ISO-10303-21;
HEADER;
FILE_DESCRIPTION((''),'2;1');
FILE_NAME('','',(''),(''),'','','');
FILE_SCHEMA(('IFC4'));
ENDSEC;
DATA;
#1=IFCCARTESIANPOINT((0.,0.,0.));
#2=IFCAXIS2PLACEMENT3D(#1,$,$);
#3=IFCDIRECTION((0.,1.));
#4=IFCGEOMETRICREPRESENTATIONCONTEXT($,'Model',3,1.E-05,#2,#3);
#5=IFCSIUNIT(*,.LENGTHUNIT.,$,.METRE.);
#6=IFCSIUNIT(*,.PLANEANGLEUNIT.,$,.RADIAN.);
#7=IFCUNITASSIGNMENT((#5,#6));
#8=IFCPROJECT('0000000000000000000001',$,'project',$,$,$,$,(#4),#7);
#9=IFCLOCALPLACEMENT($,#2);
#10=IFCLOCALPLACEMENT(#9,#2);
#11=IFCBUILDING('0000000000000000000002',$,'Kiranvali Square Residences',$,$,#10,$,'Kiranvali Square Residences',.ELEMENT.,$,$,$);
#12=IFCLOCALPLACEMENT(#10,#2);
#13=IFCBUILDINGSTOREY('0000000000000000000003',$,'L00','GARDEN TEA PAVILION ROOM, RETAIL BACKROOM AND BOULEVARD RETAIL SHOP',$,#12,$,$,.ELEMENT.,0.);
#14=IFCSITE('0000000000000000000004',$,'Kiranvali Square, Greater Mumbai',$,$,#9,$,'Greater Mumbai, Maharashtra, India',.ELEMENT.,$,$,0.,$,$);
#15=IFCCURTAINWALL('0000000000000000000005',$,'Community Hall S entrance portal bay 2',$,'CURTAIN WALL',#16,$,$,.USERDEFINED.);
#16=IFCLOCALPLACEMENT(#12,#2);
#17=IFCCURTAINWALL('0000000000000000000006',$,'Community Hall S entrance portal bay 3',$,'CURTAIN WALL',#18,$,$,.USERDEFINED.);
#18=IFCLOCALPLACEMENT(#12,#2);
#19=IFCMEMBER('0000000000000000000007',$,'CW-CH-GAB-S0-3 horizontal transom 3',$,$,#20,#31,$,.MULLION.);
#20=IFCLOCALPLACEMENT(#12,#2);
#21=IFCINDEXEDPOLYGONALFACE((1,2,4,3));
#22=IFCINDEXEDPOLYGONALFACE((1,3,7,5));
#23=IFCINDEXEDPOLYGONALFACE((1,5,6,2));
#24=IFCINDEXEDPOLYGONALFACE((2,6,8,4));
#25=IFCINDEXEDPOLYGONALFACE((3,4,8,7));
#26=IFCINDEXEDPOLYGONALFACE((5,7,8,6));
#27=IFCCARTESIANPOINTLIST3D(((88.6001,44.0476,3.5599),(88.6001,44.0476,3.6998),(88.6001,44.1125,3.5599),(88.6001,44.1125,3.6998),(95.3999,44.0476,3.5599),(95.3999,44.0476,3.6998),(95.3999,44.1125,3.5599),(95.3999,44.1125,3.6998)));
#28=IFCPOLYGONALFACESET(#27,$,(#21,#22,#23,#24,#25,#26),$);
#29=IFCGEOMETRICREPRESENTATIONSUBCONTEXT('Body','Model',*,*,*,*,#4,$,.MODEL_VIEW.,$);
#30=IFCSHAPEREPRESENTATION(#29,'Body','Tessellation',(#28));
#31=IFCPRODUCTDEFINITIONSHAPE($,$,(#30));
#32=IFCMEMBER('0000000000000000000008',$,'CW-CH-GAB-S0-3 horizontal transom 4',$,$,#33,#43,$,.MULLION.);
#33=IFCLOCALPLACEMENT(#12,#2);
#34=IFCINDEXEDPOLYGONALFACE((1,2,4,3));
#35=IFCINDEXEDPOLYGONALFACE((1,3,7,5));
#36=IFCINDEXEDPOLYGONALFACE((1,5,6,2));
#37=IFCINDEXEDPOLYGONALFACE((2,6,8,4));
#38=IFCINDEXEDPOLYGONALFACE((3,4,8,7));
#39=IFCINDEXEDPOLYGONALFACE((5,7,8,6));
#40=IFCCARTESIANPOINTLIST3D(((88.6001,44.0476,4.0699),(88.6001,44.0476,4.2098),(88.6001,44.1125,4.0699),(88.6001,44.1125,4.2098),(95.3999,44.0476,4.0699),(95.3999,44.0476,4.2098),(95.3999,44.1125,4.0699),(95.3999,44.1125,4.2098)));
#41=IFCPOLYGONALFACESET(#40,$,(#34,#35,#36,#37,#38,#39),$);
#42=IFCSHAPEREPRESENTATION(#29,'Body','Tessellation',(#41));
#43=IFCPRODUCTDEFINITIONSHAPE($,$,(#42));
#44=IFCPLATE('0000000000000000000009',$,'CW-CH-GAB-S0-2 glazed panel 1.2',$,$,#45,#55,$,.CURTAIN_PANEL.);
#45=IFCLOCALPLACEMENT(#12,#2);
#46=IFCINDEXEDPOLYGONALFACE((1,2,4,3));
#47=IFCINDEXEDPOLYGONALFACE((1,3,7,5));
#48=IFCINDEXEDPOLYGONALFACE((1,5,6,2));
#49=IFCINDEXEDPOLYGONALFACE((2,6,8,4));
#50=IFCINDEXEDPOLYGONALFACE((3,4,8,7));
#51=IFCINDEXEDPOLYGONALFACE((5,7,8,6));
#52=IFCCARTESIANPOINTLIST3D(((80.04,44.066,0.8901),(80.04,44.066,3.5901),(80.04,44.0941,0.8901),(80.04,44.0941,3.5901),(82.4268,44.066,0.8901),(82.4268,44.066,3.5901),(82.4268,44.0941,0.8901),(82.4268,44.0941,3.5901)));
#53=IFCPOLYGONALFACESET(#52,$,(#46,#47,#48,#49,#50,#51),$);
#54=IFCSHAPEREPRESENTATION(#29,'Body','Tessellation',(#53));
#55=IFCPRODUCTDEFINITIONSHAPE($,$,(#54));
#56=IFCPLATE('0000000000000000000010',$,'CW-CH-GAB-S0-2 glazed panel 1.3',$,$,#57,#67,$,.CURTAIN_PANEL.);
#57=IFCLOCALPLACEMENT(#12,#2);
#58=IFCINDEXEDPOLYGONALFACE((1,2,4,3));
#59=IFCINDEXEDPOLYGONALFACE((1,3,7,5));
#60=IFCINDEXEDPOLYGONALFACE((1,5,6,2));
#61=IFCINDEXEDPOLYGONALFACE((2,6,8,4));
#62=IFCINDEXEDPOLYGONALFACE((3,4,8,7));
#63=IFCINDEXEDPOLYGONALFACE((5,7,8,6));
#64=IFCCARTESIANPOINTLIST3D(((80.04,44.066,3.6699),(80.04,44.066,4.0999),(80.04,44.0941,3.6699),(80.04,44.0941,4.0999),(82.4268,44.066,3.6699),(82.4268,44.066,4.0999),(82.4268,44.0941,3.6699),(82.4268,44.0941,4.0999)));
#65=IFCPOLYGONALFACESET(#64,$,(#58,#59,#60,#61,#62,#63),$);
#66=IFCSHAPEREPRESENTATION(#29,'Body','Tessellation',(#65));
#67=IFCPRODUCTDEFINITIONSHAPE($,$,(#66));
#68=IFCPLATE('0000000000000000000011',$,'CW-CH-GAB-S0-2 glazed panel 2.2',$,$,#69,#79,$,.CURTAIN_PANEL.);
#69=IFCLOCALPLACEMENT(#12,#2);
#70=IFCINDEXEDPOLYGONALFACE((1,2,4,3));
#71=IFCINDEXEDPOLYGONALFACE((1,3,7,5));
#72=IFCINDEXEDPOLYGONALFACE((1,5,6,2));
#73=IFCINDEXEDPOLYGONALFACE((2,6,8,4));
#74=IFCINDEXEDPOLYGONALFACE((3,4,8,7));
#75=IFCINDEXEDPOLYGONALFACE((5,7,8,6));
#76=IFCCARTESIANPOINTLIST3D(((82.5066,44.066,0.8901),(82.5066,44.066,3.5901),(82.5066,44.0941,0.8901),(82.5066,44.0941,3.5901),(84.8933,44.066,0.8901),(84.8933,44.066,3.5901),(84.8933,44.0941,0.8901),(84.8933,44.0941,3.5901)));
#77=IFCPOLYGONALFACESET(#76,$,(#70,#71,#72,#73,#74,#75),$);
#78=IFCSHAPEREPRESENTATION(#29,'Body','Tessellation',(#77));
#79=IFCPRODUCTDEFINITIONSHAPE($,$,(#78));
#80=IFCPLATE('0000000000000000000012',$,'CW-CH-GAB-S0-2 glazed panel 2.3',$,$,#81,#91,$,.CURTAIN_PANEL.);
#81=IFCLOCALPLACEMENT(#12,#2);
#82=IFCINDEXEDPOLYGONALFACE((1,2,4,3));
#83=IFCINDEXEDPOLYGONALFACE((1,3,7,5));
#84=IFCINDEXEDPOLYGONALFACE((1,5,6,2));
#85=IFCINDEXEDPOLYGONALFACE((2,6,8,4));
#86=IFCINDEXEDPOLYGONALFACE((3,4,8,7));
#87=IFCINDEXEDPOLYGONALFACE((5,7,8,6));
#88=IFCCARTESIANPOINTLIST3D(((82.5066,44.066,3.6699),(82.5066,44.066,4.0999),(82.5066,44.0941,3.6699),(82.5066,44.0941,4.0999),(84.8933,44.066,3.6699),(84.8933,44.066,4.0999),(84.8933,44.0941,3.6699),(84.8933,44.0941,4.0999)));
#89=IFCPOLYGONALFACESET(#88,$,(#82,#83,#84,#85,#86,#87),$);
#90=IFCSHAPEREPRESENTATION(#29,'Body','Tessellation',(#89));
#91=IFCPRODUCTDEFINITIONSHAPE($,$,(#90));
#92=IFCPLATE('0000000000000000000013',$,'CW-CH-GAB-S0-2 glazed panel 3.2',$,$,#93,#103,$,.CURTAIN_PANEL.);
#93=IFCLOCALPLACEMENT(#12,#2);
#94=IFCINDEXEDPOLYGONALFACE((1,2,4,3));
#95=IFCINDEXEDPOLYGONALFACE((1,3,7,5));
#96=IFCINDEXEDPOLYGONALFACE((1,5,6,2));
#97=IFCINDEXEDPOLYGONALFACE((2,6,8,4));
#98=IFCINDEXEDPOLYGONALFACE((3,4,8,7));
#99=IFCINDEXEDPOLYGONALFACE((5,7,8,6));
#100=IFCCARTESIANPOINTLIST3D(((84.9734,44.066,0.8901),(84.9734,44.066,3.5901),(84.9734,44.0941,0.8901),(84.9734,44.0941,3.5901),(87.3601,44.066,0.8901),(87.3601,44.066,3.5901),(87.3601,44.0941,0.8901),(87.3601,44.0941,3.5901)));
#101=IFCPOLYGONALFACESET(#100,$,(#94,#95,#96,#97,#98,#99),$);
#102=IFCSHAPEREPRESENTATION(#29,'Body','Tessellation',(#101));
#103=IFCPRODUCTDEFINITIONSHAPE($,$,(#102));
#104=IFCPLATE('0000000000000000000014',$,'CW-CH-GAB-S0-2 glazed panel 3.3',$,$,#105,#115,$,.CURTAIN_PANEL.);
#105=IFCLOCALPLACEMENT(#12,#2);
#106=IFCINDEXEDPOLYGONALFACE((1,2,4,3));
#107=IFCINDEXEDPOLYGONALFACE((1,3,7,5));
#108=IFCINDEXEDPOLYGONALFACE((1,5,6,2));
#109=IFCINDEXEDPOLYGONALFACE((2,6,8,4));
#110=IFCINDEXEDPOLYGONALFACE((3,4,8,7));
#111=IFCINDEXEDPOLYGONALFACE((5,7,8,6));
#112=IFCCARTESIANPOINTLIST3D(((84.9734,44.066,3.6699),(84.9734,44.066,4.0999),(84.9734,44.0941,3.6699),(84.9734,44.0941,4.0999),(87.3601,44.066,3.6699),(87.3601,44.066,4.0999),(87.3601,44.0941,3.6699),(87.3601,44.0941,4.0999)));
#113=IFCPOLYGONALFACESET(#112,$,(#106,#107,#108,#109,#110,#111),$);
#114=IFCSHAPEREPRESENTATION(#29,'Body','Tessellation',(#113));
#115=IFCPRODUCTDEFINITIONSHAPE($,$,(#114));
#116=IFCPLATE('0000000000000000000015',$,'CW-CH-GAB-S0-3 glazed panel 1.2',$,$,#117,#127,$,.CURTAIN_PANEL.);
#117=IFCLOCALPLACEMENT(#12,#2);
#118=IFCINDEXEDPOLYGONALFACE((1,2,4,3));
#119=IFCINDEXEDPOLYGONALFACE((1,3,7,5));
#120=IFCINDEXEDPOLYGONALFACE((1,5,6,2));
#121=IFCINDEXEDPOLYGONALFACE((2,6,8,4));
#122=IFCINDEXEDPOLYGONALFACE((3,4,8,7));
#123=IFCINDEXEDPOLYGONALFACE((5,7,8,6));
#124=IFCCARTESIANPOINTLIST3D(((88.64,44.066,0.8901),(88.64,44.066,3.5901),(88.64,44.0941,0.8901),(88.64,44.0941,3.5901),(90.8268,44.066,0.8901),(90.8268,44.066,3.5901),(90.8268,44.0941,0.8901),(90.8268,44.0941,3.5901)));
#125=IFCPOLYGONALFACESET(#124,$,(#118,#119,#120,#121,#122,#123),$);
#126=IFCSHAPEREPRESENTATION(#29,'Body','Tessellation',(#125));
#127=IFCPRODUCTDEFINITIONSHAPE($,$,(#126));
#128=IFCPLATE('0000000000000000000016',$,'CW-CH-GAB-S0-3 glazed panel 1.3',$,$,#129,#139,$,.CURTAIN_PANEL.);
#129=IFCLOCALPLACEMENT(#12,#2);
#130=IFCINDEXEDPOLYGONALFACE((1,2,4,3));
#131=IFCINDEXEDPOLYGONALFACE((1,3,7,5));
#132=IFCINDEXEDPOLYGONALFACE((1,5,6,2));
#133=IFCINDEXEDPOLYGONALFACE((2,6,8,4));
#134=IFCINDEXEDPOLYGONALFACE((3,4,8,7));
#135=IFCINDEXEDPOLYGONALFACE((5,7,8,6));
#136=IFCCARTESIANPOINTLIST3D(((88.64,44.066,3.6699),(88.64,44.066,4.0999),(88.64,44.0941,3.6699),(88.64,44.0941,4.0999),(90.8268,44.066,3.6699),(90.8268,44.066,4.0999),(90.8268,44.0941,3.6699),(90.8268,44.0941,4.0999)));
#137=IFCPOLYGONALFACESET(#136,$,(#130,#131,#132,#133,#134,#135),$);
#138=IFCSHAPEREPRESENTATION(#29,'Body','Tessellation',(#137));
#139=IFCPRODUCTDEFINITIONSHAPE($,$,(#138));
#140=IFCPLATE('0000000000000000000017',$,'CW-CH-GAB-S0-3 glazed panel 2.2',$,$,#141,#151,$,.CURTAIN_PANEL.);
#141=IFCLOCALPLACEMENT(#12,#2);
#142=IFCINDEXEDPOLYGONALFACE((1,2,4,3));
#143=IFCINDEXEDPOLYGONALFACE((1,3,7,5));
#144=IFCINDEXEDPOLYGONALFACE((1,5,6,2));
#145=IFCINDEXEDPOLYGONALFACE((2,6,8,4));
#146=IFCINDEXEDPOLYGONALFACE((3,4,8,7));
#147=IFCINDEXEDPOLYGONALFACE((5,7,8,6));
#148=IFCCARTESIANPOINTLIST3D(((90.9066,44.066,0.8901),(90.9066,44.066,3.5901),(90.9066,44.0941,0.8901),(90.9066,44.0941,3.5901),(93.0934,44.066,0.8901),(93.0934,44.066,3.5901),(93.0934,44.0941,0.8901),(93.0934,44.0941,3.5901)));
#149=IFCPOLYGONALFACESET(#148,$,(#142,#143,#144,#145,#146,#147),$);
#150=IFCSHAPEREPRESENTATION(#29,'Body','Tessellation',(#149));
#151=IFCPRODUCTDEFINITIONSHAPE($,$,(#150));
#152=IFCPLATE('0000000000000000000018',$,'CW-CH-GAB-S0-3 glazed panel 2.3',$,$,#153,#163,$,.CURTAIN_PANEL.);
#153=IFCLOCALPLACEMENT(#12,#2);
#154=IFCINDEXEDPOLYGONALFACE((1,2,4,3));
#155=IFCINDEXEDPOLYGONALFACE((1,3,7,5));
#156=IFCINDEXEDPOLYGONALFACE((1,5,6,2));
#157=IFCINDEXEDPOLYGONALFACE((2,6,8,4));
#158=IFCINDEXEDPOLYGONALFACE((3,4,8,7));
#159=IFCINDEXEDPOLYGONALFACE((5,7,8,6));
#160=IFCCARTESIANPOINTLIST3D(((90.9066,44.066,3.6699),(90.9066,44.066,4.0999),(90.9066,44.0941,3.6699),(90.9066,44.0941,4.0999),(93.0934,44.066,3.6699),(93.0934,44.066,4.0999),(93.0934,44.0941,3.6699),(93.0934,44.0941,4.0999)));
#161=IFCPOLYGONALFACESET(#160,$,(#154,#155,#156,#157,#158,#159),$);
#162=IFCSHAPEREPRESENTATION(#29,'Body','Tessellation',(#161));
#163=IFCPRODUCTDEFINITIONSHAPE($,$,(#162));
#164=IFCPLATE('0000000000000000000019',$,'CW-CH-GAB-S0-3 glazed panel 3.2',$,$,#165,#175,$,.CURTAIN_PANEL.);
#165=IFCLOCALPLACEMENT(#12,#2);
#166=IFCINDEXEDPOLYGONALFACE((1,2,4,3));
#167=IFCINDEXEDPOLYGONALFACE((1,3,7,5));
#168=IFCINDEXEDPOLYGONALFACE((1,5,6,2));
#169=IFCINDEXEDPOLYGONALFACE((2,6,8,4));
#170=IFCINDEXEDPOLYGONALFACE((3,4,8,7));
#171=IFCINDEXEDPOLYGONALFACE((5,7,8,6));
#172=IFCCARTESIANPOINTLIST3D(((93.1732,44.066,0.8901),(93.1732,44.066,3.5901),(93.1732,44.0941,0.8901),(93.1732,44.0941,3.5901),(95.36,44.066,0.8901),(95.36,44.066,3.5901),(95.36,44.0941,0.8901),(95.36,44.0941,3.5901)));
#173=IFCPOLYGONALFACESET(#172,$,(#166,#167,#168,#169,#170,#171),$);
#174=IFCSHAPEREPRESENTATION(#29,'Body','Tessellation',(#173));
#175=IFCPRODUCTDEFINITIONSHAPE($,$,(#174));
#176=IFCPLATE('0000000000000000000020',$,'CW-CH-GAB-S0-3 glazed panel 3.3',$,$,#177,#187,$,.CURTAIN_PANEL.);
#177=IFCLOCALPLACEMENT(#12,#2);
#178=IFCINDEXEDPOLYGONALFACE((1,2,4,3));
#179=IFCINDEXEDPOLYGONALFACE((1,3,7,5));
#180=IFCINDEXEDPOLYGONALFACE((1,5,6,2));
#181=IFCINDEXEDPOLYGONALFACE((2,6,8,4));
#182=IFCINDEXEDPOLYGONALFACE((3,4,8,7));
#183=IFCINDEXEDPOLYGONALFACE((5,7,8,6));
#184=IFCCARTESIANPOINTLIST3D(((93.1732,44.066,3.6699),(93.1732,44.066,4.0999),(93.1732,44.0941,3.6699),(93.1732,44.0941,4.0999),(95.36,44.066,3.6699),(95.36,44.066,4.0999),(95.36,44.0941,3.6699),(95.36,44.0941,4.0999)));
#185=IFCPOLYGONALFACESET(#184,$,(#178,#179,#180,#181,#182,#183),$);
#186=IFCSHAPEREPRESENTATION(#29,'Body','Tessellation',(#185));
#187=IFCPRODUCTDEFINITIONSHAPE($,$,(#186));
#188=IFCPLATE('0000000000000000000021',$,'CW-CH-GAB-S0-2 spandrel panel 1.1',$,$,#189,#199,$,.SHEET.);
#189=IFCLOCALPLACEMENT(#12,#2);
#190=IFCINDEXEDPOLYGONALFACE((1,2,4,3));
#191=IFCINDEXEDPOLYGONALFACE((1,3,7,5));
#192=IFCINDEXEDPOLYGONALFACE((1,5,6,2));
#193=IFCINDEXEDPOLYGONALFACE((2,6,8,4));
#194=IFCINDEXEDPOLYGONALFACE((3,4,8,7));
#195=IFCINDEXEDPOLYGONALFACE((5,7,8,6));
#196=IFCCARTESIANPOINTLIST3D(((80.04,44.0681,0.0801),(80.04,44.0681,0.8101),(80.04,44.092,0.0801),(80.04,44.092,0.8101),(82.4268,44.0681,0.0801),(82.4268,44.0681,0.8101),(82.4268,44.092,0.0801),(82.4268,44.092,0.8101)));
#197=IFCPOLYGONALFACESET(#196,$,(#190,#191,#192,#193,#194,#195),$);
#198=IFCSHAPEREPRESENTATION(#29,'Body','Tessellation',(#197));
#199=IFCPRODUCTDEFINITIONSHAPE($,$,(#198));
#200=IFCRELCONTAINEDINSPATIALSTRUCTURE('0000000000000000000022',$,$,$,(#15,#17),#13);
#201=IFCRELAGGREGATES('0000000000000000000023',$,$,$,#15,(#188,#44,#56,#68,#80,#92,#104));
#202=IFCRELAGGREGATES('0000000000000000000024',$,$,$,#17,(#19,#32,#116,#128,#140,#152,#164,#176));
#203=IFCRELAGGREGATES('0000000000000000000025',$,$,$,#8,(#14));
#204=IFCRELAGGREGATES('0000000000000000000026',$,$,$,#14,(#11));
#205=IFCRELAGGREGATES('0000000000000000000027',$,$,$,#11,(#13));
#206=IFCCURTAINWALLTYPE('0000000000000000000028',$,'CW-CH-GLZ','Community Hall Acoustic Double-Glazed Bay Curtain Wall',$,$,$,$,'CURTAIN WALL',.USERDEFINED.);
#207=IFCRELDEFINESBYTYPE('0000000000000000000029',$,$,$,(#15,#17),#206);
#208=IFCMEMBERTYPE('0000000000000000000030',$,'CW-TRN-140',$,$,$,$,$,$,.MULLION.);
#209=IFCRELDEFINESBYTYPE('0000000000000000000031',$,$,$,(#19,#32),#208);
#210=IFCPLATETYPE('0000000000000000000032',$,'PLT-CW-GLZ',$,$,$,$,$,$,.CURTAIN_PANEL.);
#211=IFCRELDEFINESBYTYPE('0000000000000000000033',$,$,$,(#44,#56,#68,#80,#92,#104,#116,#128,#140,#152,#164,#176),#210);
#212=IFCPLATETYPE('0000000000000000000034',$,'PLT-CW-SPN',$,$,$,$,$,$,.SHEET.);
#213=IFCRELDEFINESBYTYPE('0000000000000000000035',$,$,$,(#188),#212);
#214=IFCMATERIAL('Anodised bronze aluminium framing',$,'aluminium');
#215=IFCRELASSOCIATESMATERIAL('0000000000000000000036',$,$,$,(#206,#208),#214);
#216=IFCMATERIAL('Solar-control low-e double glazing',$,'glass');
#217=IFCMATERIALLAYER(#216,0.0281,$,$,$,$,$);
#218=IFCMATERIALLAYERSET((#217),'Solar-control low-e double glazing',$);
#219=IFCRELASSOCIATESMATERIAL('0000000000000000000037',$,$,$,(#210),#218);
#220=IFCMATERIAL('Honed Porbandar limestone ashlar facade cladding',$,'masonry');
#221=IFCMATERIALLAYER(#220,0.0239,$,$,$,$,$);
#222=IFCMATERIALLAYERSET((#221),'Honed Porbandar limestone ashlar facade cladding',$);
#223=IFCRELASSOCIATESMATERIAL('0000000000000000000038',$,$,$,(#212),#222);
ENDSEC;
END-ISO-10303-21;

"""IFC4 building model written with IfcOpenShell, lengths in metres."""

from ifc_helpers import new_model, si_unit, direction, frame, origin, origin_2d, place, context, subcontext, project, spatial, rectangle, extrude, material, layer, layer_set, material_profile, profile_set, type_object, element, aggregate, save


model = new_model("IFC4")

# Units and contexts
model_context = context("Model", 3, precision=1e-05, world=origin(), true_north=direction((0.0, 1.0)))
body_context = subcontext(model_context, "Body", "Model", "MODEL_VIEW")
ifc_project = project(units=[si_unit("LENGTHUNIT", "METRE"), si_unit("PLANEANGLEUNIT", "RADIAN")], contexts=[model_context])

# Site, building, storey
site_placement = place(None, origin())
site = spatial("IfcSite", under=ifc_project, at=site_placement, Name="Kiranvali Square, Greater Mumbai", LongName="Greater Mumbai, Maharashtra, India", CompositionType="ELEMENT", RefElevation=0.0)
building_placement = place(site_placement, origin())
building = spatial("IfcBuilding", under=site, at=building_placement, Name="Kiranvali Square Residences", LongName="Kiranvali Square Residences", CompositionType="ELEMENT")
storey_placement = place(building_placement, origin())
storey = spatial("IfcBuildingStorey", under=building, at=storey_placement, Name="L00", Description="GARDEN TEA PAVILION ROOM, RETAIL BACKROOM AND BOULEVARD RETAIL SHOP", CompositionType="ELEMENT", Elevation=0.0)

# Curtain walls
ifc_material_1 = material(Name="Anodised bronze aluminium framing", Category="aluminium")
curtain_wall_type = type_object("IfcCurtainWallType", Name="CW-CH-GLZ", Description="Community Hall Acoustic Double-Glazed Bay Curtain Wall", ElementType="CURTAIN WALL", PredefinedType="USERDEFINED", material=ifc_material_1)
curtain_wall_1_placement = place(storey_placement, origin())
curtain_wall_1 = element("IfcCurtainWall", 1, at=curtain_wall_1_placement, inside=storey, type_object=curtain_wall_type, Name="Community Hall S entrance portal bay 2", ObjectType="CURTAIN WALL", PredefinedType="USERDEFINED")
curtain_wall_2_placement = place(storey_placement, origin())
curtain_wall_2 = element("IfcCurtainWall", 2, at=curtain_wall_2_placement, inside=storey, type_object=curtain_wall_type, Name="Community Hall S entrance portal bay 3", ObjectType="CURTAIN WALL", PredefinedType="USERDEFINED")

# Members
ifc_material_profile_1 = material_profile(ifc_material_1, rectangle(XDim=0.0649, YDim=0.1399, at=origin_2d()), Name="ALU 65x140")
ifc_profile_set_1 = profile_set([ifc_material_profile_1], Name="Anodised bronze aluminium framing")
member_type_1 = type_object("IfcMemberType", Name="CW-TRN-140", PredefinedType="MULLION", material=ifc_profile_set_1)
member_1_placement = place(storey_placement, frame((88.6001, 44.0801, 3.6299), z_axis=(1.0, 0.0, 0.0), x_axis=(0.0, 1.0, 0.0)))
member_1 = element("IfcMember", 3, at=member_1_placement, type_object=member_type_1, Name="CW-CH-GAB-S0-3 horizontal transom 3", PredefinedType="MULLION", context=body_context, shape_type="SweptSolid", body=[
    extrude(rectangle(XDim=0.0649, YDim=0.1399, at=origin_2d()), origin(), (0.0, 0.0, 1.0), 6.7998),
])
member_2_placement = place(storey_placement, frame((88.6001, 44.0801, 4.1399), z_axis=(1.0, 0.0, 0.0), x_axis=(0.0, 1.0, 0.0)))
member_2 = element("IfcMember", 4, at=member_2_placement, type_object=member_type_1, Name="CW-CH-GAB-S0-3 horizontal transom 4", PredefinedType="MULLION", context=body_context, shape_type="SweptSolid", body=[
    extrude(rectangle(XDim=0.0649, YDim=0.1399, at=origin_2d()), origin(), (0.0, 0.0, 1.0), 6.7998),
])

# Plates
ifc_material_2 = material(Name="Solar-control low-e double glazing", Category="glass")
ifc_layer_1 = layer(ifc_material_2, 0.0281)
ifc_layer_set_1 = layer_set([ifc_layer_1], Name="Solar-control low-e double glazing")
plate_type_1 = type_object("IfcPlateType", Name="PLT-CW-GLZ", PredefinedType="CURTAIN_PANEL", material=ifc_layer_set_1)
plate_1_placement = place(storey_placement, frame((81.2334, 44.0801, 0.8901), z_axis=(0.0, 0.0, 1.0), x_axis=(1.0, 0.0, 0.0)))
plate_1 = element("IfcPlate", 5, at=plate_1_placement, type_object=plate_type_1, Name="CW-CH-GAB-S0-2 glazed panel 1.2", PredefinedType="CURTAIN_PANEL", context=body_context, shape_type="SweptSolid", body=[
    extrude(rectangle(XDim=2.3867, YDim=0.0281, at=origin_2d()), origin(), (0.0, 0.0, 1.0), 2.7),
])
plate_2_placement = place(storey_placement, frame((81.2334, 44.0801, 3.6699), z_axis=(0.0, 0.0, 1.0), x_axis=(1.0, 0.0, 0.0)))
plate_2 = element("IfcPlate", 6, at=plate_2_placement, type_object=plate_type_1, Name="CW-CH-GAB-S0-2 glazed panel 1.3", PredefinedType="CURTAIN_PANEL", context=body_context, shape_type="SweptSolid", body=[
    extrude(rectangle(XDim=2.3867, YDim=0.0281, at=origin_2d()), origin(), (0.0, 0.0, 1.0), 0.4299),
])
plate_3_placement = place(storey_placement, frame((83.7, 44.0801, 0.8901), z_axis=(0.0, 0.0, 1.0), x_axis=(1.0, 0.0, 0.0)))
plate_3 = element("IfcPlate", 7, at=plate_3_placement, type_object=plate_type_1, Name="CW-CH-GAB-S0-2 glazed panel 2.2", PredefinedType="CURTAIN_PANEL", context=body_context, shape_type="SweptSolid", body=[
    extrude(rectangle(XDim=2.3867, YDim=0.0281, at=origin_2d()), origin(), (0.0, 0.0, 1.0), 2.7),
])
plate_4_placement = place(storey_placement, frame((83.7, 44.0801, 3.6699), z_axis=(0.0, 0.0, 1.0), x_axis=(1.0, 0.0, 0.0)))
plate_4 = element("IfcPlate", 8, at=plate_4_placement, type_object=plate_type_1, Name="CW-CH-GAB-S0-2 glazed panel 2.3", PredefinedType="CURTAIN_PANEL", context=body_context, shape_type="SweptSolid", body=[
    extrude(rectangle(XDim=2.3867, YDim=0.0281, at=origin_2d()), origin(), (0.0, 0.0, 1.0), 0.4299),
])
plate_5_placement = place(storey_placement, frame((86.1667, 44.0801, 0.8901), z_axis=(0.0, 0.0, 1.0), x_axis=(1.0, 0.0, 0.0)))
plate_5 = element("IfcPlate", 9, at=plate_5_placement, type_object=plate_type_1, Name="CW-CH-GAB-S0-2 glazed panel 3.2", PredefinedType="CURTAIN_PANEL", context=body_context, shape_type="SweptSolid", body=[
    extrude(rectangle(XDim=2.3867, YDim=0.0281, at=origin_2d()), origin(), (0.0, 0.0, 1.0), 2.7),
])
plate_6_placement = place(storey_placement, frame((86.1667, 44.0801, 3.6699), z_axis=(0.0, 0.0, 1.0), x_axis=(1.0, 0.0, 0.0)))
plate_6 = element("IfcPlate", 10, at=plate_6_placement, type_object=plate_type_1, Name="CW-CH-GAB-S0-2 glazed panel 3.3", PredefinedType="CURTAIN_PANEL", context=body_context, shape_type="SweptSolid", body=[
    extrude(rectangle(XDim=2.3867, YDim=0.0281, at=origin_2d()), origin(), (0.0, 0.0, 1.0), 0.4299),
])
plate_7_placement = place(storey_placement, frame((89.7334, 44.0801, 0.8901), z_axis=(0.0, 0.0, 1.0), x_axis=(1.0, 0.0, 0.0)))
plate_7 = element("IfcPlate", 11, at=plate_7_placement, type_object=plate_type_1, Name="CW-CH-GAB-S0-3 glazed panel 1.2", PredefinedType="CURTAIN_PANEL", context=body_context, shape_type="SweptSolid", body=[
    extrude(rectangle(XDim=2.1868, YDim=0.0281, at=origin_2d()), origin(), (0.0, 0.0, 1.0), 2.7),
])
plate_8_placement = place(storey_placement, frame((89.7334, 44.0801, 3.6699), z_axis=(0.0, 0.0, 1.0), x_axis=(1.0, 0.0, 0.0)))
plate_8 = element("IfcPlate", 12, at=plate_8_placement, type_object=plate_type_1, Name="CW-CH-GAB-S0-3 glazed panel 1.3", PredefinedType="CURTAIN_PANEL", context=body_context, shape_type="SweptSolid", body=[
    extrude(rectangle(XDim=2.1868, YDim=0.0281, at=origin_2d()), origin(), (0.0, 0.0, 1.0), 0.4299),
])
plate_9_placement = place(storey_placement, frame((92.0, 44.0801, 0.8901), z_axis=(0.0, 0.0, 1.0), x_axis=(1.0, 0.0, 0.0)))
plate_9 = element("IfcPlate", 13, at=plate_9_placement, type_object=plate_type_1, Name="CW-CH-GAB-S0-3 glazed panel 2.2", PredefinedType="CURTAIN_PANEL", context=body_context, shape_type="SweptSolid", body=[
    extrude(rectangle(XDim=2.1868, YDim=0.0281, at=origin_2d()), origin(), (0.0, 0.0, 1.0), 2.7),
])
plate_10_placement = place(storey_placement, frame((92.0, 44.0801, 3.6699), z_axis=(0.0, 0.0, 1.0), x_axis=(1.0, 0.0, 0.0)))
plate_10 = element("IfcPlate", 14, at=plate_10_placement, type_object=plate_type_1, Name="CW-CH-GAB-S0-3 glazed panel 2.3", PredefinedType="CURTAIN_PANEL", context=body_context, shape_type="SweptSolid", body=[
    extrude(rectangle(XDim=2.1868, YDim=0.0281, at=origin_2d()), origin(), (0.0, 0.0, 1.0), 0.4299),
])
plate_11_placement = place(storey_placement, frame((94.2666, 44.0801, 0.8901), z_axis=(0.0, 0.0, 1.0), x_axis=(1.0, 0.0, 0.0)))
plate_11 = element("IfcPlate", 15, at=plate_11_placement, type_object=plate_type_1, Name="CW-CH-GAB-S0-3 glazed panel 3.2", PredefinedType="CURTAIN_PANEL", context=body_context, shape_type="SweptSolid", body=[
    extrude(rectangle(XDim=2.1868, YDim=0.0281, at=origin_2d()), origin(), (0.0, 0.0, 1.0), 2.7),
])
plate_12_placement = place(storey_placement, frame((94.2666, 44.0801, 3.6699), z_axis=(0.0, 0.0, 1.0), x_axis=(1.0, 0.0, 0.0)))
plate_12 = element("IfcPlate", 16, at=plate_12_placement, type_object=plate_type_1, Name="CW-CH-GAB-S0-3 glazed panel 3.3", PredefinedType="CURTAIN_PANEL", context=body_context, shape_type="SweptSolid", body=[
    extrude(rectangle(XDim=2.1868, YDim=0.0281, at=origin_2d()), origin(), (0.0, 0.0, 1.0), 0.4299),
])
ifc_material_3 = material(Name="Honed Porbandar limestone ashlar facade cladding", Category="masonry")
ifc_layer_2 = layer(ifc_material_3, 0.0239)
ifc_layer_set_2 = layer_set([ifc_layer_2], Name="Honed Porbandar limestone ashlar facade cladding")
plate_type_2 = type_object("IfcPlateType", Name="PLT-CW-SPN", PredefinedType="SHEET", material=ifc_layer_set_2)
plate_13_placement = place(storey_placement, frame((81.2334, 44.0801, 0.0801), z_axis=(0.0, 0.0, 1.0), x_axis=(1.0, 0.0, 0.0)))
plate_13 = element("IfcPlate", 17, at=plate_13_placement, type_object=plate_type_2, Name="CW-CH-GAB-S0-2 spandrel panel 1.1", PredefinedType="SHEET", context=body_context, shape_type="SweptSolid", body=[
    extrude(rectangle(XDim=2.3867, YDim=0.0239, at=origin_2d()), origin(), (0.0, 0.0, 1.0), 0.73),
])
aggregate(curtain_wall_1, [plate_13, plate_1, plate_2, plate_3, plate_4, plate_5, plate_6])
aggregate(curtain_wall_2, [member_1, member_2, plate_7, plate_8, plate_9, plate_10, plate_11, plate_12])

save(model, "model.ifc")
